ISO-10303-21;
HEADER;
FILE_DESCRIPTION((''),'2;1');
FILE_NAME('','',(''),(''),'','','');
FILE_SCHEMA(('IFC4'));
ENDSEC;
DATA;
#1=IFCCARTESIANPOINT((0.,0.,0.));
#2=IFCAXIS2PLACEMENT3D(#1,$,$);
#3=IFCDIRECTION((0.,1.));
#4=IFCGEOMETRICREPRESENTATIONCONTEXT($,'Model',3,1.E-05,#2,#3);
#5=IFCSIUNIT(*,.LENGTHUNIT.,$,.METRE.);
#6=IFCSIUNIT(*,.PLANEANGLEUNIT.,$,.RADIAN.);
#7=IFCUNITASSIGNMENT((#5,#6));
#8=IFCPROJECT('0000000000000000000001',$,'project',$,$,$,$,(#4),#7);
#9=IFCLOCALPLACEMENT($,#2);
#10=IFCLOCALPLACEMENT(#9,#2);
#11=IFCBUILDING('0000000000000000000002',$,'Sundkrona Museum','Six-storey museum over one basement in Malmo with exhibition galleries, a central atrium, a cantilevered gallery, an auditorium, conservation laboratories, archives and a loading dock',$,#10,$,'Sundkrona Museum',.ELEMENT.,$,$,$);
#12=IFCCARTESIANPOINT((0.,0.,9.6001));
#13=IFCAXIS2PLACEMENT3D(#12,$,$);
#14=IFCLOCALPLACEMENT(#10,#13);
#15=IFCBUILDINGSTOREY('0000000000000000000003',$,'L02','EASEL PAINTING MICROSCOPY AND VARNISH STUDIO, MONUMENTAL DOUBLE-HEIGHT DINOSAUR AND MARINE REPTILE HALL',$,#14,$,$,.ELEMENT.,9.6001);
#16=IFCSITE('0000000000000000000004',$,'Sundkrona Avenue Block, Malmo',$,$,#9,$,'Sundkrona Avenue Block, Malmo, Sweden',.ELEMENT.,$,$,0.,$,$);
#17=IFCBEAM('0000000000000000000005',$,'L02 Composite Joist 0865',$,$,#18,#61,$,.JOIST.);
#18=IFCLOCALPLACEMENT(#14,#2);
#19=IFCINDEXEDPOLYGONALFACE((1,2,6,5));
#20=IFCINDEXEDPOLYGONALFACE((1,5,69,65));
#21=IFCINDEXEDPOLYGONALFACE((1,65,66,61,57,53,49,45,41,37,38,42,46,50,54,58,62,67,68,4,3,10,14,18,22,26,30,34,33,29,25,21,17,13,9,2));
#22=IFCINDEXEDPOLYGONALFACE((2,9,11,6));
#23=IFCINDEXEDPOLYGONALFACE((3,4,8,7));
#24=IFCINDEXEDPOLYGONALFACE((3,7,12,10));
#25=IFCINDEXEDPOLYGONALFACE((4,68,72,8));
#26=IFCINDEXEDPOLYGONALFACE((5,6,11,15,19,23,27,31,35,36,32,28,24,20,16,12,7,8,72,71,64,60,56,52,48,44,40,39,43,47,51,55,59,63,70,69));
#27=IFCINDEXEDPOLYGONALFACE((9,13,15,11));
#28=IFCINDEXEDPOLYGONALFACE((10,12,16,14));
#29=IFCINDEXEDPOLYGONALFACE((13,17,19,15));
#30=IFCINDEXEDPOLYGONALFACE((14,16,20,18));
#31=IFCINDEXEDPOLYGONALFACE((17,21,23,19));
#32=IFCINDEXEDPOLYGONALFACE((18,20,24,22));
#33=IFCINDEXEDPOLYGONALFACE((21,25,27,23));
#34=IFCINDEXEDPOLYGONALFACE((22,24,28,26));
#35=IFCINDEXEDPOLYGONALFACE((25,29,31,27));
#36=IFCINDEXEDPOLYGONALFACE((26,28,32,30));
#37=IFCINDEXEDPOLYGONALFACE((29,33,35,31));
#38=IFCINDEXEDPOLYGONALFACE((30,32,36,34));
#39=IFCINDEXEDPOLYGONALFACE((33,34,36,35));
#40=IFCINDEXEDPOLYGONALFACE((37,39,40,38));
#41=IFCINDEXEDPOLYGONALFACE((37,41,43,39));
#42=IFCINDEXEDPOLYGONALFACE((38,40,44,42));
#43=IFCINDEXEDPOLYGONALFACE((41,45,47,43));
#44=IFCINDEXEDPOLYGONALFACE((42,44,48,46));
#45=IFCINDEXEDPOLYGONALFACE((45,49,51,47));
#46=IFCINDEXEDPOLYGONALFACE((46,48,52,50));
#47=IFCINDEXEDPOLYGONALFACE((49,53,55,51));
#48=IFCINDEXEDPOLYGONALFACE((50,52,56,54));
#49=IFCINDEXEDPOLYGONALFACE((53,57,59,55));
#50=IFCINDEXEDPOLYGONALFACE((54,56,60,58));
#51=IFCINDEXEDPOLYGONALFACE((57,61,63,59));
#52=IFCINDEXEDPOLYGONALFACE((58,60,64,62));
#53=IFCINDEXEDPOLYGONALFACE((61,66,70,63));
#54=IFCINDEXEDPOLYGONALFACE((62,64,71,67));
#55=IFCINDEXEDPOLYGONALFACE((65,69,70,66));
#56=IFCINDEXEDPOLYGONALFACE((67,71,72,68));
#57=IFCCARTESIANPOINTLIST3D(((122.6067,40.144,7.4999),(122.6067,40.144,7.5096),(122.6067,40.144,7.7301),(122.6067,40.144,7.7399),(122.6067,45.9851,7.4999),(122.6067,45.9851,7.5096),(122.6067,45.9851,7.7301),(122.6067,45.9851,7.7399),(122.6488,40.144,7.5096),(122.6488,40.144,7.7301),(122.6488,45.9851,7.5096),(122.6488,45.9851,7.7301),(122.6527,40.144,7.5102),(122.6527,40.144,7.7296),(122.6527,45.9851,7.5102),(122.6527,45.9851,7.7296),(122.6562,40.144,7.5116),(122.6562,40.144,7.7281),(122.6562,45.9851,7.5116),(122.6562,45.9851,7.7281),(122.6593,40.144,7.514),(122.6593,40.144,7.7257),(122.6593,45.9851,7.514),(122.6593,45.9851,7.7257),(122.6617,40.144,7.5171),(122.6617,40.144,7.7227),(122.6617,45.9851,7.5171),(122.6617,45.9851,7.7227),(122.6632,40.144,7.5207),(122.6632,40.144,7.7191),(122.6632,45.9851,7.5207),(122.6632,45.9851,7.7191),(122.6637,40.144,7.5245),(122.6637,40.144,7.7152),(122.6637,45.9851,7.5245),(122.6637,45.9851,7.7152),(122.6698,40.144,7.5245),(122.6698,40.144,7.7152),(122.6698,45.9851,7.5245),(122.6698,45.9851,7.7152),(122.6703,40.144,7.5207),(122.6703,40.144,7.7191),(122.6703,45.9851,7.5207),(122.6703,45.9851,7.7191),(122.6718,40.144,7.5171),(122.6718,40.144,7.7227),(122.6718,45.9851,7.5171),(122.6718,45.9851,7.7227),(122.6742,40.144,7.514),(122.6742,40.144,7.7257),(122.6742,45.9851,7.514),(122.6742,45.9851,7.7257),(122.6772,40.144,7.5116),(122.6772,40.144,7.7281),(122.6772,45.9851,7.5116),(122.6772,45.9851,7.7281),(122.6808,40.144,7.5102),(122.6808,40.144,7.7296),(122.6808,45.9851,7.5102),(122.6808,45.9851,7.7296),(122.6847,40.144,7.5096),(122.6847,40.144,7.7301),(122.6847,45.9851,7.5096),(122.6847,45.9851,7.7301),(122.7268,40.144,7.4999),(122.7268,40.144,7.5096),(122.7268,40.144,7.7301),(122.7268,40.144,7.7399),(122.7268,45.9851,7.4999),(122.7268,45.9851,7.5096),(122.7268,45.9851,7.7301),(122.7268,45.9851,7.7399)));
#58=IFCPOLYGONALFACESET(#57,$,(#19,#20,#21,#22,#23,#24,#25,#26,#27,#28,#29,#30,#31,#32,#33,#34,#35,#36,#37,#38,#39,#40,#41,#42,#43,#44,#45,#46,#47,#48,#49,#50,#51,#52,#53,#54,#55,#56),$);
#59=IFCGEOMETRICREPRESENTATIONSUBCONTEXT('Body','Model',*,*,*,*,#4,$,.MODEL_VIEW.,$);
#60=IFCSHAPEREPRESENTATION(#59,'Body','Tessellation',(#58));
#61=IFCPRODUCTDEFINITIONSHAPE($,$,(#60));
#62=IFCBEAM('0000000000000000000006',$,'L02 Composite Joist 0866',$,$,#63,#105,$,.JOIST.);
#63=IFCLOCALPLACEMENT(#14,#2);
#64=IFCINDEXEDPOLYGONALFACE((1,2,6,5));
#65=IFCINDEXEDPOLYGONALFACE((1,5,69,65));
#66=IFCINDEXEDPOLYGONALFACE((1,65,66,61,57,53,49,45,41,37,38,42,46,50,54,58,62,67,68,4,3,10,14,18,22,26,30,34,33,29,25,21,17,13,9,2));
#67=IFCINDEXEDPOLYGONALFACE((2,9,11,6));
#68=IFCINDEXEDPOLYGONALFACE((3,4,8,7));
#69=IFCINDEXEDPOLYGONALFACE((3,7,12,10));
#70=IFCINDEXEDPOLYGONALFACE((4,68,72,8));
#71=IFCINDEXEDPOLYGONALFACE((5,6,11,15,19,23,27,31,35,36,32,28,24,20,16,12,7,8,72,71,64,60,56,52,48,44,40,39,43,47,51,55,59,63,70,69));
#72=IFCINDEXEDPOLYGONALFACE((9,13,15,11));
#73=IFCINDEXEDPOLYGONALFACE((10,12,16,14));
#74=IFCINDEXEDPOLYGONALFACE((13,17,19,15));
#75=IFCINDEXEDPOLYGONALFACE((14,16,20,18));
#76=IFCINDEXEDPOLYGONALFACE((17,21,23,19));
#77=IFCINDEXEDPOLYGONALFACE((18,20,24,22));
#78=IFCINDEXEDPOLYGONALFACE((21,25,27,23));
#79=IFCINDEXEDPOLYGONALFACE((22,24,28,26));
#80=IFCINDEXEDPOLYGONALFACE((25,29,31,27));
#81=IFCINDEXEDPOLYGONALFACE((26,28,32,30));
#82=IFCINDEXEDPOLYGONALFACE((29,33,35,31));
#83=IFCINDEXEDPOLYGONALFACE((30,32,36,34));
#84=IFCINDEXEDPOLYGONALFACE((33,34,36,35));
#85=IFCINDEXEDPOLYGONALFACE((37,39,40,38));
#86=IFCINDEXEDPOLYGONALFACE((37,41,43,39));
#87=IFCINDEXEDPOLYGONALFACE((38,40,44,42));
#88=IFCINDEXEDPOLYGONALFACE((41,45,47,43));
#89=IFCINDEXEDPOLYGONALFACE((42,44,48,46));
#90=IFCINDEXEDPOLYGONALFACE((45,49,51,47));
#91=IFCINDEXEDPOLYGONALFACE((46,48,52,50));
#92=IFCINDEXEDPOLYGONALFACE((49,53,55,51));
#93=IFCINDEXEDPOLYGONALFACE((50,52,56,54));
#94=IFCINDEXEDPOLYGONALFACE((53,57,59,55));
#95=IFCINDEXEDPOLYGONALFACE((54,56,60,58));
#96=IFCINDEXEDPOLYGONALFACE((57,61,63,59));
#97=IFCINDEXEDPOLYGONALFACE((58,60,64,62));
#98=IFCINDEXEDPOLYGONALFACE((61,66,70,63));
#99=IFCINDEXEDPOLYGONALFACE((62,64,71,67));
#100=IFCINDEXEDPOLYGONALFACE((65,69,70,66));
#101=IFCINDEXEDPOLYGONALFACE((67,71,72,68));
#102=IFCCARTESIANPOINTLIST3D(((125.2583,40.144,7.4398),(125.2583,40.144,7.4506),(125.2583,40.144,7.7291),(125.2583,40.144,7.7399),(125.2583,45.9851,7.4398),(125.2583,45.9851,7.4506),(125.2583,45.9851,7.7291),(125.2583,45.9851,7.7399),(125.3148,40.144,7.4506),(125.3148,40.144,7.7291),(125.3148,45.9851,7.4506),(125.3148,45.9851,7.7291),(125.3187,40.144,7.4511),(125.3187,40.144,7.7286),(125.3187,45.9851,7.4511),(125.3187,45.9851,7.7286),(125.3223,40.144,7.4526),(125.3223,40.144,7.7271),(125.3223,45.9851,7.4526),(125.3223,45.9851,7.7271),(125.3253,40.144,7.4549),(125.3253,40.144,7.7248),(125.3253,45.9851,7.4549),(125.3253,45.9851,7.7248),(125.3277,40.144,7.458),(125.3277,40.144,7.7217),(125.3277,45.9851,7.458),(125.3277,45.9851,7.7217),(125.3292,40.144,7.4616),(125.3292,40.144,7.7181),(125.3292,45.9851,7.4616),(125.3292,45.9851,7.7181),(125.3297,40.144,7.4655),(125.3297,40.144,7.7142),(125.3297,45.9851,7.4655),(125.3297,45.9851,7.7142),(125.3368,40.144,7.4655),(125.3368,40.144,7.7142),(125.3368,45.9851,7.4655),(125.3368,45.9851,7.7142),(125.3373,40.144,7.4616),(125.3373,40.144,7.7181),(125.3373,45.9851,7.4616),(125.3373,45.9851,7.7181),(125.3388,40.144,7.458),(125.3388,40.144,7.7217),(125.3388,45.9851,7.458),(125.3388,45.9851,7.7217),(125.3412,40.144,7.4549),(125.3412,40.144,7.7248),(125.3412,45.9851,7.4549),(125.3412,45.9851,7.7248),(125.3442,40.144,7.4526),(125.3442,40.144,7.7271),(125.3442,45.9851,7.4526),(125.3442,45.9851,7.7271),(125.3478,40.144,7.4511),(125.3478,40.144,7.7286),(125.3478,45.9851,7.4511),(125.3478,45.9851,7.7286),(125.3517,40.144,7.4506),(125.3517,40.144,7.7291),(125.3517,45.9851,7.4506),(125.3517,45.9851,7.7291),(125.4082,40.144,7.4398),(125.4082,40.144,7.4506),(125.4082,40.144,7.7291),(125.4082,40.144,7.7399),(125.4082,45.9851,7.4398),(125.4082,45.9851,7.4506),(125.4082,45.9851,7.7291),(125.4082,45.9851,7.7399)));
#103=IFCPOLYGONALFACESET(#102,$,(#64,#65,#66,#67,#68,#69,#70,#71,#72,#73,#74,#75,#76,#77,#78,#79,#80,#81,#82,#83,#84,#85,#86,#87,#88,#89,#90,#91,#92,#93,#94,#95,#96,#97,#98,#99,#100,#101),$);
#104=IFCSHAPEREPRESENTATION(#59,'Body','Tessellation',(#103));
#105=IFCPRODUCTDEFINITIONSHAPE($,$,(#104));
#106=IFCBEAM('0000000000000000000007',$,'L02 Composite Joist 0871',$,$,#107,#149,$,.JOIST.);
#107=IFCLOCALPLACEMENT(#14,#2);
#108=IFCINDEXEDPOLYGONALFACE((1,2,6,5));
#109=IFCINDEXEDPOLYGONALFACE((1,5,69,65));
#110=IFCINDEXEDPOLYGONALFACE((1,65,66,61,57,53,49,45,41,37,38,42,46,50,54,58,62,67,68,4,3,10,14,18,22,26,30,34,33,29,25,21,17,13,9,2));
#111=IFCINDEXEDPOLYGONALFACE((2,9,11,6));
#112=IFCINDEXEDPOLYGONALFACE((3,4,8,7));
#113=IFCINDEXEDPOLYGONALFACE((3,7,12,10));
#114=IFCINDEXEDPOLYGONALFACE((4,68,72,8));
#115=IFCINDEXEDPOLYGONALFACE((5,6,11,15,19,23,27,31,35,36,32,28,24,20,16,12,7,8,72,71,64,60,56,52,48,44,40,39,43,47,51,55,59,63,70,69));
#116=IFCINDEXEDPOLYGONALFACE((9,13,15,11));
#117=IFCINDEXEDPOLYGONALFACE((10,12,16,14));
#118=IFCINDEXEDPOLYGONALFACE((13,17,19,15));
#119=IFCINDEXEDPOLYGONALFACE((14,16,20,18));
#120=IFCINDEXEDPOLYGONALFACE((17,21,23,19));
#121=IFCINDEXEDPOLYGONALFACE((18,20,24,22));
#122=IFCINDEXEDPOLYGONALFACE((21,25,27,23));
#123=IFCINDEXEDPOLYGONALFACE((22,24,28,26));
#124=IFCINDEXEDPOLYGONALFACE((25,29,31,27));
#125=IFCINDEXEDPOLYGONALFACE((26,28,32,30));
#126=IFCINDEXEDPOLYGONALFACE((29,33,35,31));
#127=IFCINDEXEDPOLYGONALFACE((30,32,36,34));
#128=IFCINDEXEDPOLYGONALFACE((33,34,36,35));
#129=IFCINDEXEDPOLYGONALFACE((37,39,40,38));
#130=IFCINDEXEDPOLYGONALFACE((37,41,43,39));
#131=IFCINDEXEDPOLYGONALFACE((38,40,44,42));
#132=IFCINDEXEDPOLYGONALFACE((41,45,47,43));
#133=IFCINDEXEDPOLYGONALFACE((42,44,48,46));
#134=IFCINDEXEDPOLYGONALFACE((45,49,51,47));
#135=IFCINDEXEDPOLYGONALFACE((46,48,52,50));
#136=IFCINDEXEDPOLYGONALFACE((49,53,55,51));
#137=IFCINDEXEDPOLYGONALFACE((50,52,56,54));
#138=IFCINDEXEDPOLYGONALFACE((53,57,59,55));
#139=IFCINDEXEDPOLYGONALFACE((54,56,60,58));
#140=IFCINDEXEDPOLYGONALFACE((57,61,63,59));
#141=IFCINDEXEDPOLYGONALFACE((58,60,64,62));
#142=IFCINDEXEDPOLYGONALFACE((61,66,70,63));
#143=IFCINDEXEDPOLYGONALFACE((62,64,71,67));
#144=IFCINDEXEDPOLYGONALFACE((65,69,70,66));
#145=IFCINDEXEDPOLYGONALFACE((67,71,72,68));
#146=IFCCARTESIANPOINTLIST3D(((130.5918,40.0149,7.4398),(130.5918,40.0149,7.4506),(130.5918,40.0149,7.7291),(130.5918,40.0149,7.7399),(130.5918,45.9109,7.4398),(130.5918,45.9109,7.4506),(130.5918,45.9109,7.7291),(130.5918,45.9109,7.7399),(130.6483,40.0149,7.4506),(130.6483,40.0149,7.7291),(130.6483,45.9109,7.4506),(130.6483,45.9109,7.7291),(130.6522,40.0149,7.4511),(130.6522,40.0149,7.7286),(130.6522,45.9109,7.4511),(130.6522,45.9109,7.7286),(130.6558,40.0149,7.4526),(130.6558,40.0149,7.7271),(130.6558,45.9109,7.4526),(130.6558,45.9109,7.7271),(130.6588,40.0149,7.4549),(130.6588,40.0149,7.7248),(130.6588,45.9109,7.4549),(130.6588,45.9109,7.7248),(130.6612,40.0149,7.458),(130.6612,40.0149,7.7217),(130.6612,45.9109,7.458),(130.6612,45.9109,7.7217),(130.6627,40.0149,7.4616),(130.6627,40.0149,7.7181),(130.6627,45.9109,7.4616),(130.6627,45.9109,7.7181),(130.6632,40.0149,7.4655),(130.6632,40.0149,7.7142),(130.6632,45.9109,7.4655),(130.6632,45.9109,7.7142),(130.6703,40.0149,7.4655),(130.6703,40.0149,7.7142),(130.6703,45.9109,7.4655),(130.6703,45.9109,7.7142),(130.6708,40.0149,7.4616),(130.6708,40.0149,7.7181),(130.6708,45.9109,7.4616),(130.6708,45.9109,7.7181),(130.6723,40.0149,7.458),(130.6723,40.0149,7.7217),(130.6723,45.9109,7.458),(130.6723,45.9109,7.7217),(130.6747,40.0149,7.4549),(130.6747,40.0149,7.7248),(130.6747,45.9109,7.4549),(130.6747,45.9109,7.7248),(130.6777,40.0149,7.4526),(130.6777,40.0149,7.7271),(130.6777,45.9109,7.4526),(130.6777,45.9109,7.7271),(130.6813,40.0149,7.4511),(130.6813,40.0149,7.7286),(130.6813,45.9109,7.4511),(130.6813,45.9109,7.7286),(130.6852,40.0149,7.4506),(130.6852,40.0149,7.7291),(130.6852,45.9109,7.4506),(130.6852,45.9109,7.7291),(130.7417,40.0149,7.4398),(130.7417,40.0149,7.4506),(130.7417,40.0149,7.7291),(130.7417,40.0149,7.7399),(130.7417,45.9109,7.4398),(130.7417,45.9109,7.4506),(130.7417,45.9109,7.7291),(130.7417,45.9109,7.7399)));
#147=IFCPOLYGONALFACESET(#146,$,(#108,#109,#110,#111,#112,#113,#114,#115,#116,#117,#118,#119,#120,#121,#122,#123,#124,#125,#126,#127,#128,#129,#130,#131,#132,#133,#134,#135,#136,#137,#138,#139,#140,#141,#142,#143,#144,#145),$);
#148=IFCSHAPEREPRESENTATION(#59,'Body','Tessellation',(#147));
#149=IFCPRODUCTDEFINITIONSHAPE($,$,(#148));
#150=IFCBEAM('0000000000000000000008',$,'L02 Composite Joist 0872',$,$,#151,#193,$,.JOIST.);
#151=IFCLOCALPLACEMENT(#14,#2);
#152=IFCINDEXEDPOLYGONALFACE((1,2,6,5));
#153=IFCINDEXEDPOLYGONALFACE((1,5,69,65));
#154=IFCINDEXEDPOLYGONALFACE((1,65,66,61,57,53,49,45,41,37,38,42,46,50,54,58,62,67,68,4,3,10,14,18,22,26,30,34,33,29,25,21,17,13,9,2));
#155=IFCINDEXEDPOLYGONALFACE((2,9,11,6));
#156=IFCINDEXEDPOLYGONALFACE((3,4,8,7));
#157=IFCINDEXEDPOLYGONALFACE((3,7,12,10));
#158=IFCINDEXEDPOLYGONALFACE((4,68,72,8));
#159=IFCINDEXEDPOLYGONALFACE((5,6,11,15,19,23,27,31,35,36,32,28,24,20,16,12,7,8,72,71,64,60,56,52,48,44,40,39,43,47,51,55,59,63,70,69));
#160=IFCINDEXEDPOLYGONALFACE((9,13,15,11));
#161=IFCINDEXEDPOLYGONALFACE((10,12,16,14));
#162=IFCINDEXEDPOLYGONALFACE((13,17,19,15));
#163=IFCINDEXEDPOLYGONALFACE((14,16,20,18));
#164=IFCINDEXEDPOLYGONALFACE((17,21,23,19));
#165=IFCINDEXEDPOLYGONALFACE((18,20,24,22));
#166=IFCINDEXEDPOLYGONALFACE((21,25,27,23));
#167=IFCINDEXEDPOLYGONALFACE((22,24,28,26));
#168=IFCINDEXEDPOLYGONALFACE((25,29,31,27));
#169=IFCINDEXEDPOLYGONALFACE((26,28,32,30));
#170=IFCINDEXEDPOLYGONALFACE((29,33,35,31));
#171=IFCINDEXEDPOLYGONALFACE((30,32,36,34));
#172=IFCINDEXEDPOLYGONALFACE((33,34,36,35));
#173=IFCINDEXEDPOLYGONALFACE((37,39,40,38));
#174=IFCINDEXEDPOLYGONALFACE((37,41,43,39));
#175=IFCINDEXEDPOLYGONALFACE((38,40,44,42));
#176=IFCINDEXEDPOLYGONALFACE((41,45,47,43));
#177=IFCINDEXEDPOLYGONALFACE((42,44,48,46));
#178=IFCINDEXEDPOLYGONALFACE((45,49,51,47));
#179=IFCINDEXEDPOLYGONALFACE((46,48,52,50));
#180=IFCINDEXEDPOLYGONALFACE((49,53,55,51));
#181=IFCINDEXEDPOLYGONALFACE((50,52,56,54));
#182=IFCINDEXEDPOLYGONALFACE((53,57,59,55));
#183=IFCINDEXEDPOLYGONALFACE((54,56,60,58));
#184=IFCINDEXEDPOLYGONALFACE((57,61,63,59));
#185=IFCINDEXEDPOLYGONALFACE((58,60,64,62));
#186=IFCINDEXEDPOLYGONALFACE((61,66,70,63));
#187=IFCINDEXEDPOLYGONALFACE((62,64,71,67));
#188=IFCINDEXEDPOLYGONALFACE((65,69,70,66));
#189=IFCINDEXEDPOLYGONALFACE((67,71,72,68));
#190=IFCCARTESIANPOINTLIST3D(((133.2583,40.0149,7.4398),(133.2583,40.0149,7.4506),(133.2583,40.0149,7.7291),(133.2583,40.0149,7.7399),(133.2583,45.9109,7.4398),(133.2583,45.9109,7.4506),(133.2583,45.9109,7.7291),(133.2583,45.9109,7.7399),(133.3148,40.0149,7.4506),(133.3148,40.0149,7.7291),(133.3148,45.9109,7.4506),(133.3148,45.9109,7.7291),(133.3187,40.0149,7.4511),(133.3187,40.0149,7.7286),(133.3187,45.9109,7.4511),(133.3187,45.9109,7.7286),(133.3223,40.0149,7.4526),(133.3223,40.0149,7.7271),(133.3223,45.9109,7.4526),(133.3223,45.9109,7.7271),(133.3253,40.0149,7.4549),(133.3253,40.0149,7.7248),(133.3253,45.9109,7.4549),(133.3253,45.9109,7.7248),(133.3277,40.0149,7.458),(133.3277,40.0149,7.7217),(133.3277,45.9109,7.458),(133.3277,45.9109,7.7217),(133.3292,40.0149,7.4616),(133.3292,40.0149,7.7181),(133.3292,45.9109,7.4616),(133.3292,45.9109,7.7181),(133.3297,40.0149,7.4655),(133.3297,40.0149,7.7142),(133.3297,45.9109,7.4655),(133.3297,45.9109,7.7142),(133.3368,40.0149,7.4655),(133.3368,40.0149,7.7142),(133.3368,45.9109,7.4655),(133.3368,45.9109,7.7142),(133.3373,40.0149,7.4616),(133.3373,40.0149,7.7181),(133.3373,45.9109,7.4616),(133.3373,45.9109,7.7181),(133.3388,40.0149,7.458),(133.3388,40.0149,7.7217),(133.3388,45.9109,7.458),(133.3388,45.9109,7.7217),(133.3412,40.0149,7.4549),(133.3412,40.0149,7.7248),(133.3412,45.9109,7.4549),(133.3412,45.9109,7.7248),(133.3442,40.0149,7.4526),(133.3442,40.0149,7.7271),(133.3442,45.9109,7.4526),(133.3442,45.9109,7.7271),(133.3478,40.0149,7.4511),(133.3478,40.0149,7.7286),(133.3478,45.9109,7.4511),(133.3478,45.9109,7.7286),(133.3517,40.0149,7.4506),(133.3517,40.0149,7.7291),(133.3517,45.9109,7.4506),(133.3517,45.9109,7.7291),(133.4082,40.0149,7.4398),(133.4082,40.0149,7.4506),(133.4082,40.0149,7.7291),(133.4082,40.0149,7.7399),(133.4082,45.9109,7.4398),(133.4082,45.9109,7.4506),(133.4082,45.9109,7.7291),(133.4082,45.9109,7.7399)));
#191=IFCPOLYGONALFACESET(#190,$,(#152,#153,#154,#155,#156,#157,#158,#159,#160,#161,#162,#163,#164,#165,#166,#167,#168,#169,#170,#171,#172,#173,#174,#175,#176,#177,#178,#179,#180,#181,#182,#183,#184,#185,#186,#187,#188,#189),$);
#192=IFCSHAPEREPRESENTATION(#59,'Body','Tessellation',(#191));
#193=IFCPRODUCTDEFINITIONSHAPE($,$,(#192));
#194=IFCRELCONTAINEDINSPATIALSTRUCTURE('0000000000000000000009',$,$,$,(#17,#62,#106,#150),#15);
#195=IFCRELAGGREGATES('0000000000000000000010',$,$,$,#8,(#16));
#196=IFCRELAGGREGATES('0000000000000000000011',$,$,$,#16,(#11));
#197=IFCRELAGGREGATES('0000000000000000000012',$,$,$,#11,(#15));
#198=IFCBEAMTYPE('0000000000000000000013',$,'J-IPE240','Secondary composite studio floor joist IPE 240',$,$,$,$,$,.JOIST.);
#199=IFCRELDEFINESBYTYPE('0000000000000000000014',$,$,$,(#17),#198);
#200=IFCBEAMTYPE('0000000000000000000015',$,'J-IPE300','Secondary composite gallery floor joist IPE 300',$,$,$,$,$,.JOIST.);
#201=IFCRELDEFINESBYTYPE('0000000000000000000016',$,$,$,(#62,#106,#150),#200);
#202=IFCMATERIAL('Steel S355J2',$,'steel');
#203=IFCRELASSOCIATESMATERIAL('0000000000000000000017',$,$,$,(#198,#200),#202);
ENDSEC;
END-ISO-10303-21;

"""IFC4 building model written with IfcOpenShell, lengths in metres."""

from ifc_helpers import new_model, si_unit, direction, frame, origin, origin_2d, place, context, subcontext, project, spatial, i_section, extrude, material, material_profile, profile_set, type_object, element, save


model = new_model("IFC4")

# Units and contexts
model_context = context("Model", 3, precision=1e-05, world=origin(), true_north=direction((0.0, 1.0)))
body_context = subcontext(model_context, "Body", "Model", "MODEL_VIEW")
ifc_project = project(units=[si_unit("LENGTHUNIT", "METRE"), si_unit("PLANEANGLEUNIT", "RADIAN")], contexts=[model_context])

# Site, building, storey
site_placement = place(None, origin())
site = spatial("IfcSite", under=ifc_project, at=site_placement, Name="Sundkrona Avenue Block, Malmo", LongName="Sundkrona Avenue Block, Malmo, Sweden", CompositionType="ELEMENT", RefElevation=0.0)
building_placement = place(site_placement, origin())
building = spatial("IfcBuilding", under=site, at=building_placement, Name="Sundkrona Museum", Description="Six-storey museum over one basement in Malmo with exhibition galleries, a central atrium, a cantilevered gallery, an auditorium, conservation laboratories, archives and a loading dock", LongName="Sundkrona Museum", CompositionType="ELEMENT")
storey_placement = place(building_placement, frame((0.0, 0.0, 9.6001)))
storey = spatial("IfcBuildingStorey", under=building, at=storey_placement, Name="L02", Description="EASEL PAINTING MICROSCOPY AND VARNISH STUDIO, MONUMENTAL DOUBLE-HEIGHT DINOSAUR AND MARINE REPTILE HALL", CompositionType="ELEMENT", Elevation=9.6001)

# Shared definitions
ifc_material_1 = material(Name="Steel S355J2", Category="steel")

# Beams
ifc_material_profile_1 = material_profile(ifc_material_1, i_section(OverallWidth=0.1201, OverallDepth=0.24, WebThickness=0.0061, FlangeThickness=0.0098, FilletRadius=0.0149, at=origin_2d()), Name="IPE 240")
ifc_profile_set_1 = profile_set([ifc_material_profile_1], Name="Steel S355J2")
beam_type_1 = type_object("IfcBeamType", Name="J-IPE240", Description="Secondary composite studio floor joist IPE 240", PredefinedType="JOIST", material=ifc_profile_set_1)
beam_1_placement = place(storey_placement, frame((122.6667, 40.144, 7.6199), z_axis=(0.0, 1.0, 0.0), x_axis=(-1.0, 0.0, 0.0)))
element("IfcBeam", 1, at=beam_1_placement, inside=storey, type_object=beam_type_1, Name="L02 Composite Joist 0865", PredefinedType="JOIST", context=body_context, shape_type="SweptSolid", body=[
    extrude(i_section(OverallWidth=0.1201, OverallDepth=0.24, WebThickness=0.0061, FlangeThickness=0.0098, FilletRadius=0.0149, at=origin_2d()), origin(), (0.0, 0.0, 1.0), 5.8411),
])
ifc_material_profile_2 = material_profile(ifc_material_1, i_section(OverallWidth=0.1499, OverallDepth=0.3, WebThickness=0.0071, FlangeThickness=0.0107, FilletRadius=0.0149, at=origin_2d()), Name="IPE 300")
ifc_profile_set_2 = profile_set([ifc_material_profile_2], Name="Steel S355J2")
beam_type_2 = type_object("IfcBeamType", Name="J-IPE300", Description="Secondary composite gallery floor joist IPE 300", PredefinedType="JOIST", material=ifc_profile_set_2)
beam_2_placement = place(storey_placement, frame((125.3333, 40.144, 7.5898), z_axis=(0.0, 1.0, 0.0), x_axis=(-1.0, 0.0, 0.0)))
element("IfcBeam", 2, at=beam_2_placement, inside=storey, type_object=beam_type_2, Name="L02 Composite Joist 0866", PredefinedType="JOIST", context=body_context, shape_type="SweptSolid", body=[
    extrude(i_section(OverallWidth=0.1499, OverallDepth=0.3, WebThickness=0.0071, FlangeThickness=0.0107, FilletRadius=0.0149, at=origin_2d()), origin(), (0.0, 0.0, 1.0), 5.8411),
])
for number, where, z_axis, x_axis, name in (
    (3, (130.6667, 40.0149, 7.5898), (0.0, 1.0, 0.0), (-1.0, 0.0, 0.0), "L02 Composite Joist 0871"),
    (4, (133.3333, 40.0149, 7.5898), (0.0, 1.0, 0.0), (-1.0, 0.0, 0.0), "L02 Composite Joist 0872"),
):
    element("IfcBeam", number, at=place(storey_placement, frame(where, z_axis=z_axis, x_axis=x_axis)), inside=storey, type_object=beam_type_2, Name=name, PredefinedType="JOIST", context=body_context, shape_type="SweptSolid", body=[
        extrude(i_section(OverallWidth=0.1499, OverallDepth=0.3, WebThickness=0.0071, FlangeThickness=0.0107, FilletRadius=0.0149, at=origin_2d()), origin(), (0.0, 0.0, 1.0), 5.896),
    ])

save(model, "model.ifc")
